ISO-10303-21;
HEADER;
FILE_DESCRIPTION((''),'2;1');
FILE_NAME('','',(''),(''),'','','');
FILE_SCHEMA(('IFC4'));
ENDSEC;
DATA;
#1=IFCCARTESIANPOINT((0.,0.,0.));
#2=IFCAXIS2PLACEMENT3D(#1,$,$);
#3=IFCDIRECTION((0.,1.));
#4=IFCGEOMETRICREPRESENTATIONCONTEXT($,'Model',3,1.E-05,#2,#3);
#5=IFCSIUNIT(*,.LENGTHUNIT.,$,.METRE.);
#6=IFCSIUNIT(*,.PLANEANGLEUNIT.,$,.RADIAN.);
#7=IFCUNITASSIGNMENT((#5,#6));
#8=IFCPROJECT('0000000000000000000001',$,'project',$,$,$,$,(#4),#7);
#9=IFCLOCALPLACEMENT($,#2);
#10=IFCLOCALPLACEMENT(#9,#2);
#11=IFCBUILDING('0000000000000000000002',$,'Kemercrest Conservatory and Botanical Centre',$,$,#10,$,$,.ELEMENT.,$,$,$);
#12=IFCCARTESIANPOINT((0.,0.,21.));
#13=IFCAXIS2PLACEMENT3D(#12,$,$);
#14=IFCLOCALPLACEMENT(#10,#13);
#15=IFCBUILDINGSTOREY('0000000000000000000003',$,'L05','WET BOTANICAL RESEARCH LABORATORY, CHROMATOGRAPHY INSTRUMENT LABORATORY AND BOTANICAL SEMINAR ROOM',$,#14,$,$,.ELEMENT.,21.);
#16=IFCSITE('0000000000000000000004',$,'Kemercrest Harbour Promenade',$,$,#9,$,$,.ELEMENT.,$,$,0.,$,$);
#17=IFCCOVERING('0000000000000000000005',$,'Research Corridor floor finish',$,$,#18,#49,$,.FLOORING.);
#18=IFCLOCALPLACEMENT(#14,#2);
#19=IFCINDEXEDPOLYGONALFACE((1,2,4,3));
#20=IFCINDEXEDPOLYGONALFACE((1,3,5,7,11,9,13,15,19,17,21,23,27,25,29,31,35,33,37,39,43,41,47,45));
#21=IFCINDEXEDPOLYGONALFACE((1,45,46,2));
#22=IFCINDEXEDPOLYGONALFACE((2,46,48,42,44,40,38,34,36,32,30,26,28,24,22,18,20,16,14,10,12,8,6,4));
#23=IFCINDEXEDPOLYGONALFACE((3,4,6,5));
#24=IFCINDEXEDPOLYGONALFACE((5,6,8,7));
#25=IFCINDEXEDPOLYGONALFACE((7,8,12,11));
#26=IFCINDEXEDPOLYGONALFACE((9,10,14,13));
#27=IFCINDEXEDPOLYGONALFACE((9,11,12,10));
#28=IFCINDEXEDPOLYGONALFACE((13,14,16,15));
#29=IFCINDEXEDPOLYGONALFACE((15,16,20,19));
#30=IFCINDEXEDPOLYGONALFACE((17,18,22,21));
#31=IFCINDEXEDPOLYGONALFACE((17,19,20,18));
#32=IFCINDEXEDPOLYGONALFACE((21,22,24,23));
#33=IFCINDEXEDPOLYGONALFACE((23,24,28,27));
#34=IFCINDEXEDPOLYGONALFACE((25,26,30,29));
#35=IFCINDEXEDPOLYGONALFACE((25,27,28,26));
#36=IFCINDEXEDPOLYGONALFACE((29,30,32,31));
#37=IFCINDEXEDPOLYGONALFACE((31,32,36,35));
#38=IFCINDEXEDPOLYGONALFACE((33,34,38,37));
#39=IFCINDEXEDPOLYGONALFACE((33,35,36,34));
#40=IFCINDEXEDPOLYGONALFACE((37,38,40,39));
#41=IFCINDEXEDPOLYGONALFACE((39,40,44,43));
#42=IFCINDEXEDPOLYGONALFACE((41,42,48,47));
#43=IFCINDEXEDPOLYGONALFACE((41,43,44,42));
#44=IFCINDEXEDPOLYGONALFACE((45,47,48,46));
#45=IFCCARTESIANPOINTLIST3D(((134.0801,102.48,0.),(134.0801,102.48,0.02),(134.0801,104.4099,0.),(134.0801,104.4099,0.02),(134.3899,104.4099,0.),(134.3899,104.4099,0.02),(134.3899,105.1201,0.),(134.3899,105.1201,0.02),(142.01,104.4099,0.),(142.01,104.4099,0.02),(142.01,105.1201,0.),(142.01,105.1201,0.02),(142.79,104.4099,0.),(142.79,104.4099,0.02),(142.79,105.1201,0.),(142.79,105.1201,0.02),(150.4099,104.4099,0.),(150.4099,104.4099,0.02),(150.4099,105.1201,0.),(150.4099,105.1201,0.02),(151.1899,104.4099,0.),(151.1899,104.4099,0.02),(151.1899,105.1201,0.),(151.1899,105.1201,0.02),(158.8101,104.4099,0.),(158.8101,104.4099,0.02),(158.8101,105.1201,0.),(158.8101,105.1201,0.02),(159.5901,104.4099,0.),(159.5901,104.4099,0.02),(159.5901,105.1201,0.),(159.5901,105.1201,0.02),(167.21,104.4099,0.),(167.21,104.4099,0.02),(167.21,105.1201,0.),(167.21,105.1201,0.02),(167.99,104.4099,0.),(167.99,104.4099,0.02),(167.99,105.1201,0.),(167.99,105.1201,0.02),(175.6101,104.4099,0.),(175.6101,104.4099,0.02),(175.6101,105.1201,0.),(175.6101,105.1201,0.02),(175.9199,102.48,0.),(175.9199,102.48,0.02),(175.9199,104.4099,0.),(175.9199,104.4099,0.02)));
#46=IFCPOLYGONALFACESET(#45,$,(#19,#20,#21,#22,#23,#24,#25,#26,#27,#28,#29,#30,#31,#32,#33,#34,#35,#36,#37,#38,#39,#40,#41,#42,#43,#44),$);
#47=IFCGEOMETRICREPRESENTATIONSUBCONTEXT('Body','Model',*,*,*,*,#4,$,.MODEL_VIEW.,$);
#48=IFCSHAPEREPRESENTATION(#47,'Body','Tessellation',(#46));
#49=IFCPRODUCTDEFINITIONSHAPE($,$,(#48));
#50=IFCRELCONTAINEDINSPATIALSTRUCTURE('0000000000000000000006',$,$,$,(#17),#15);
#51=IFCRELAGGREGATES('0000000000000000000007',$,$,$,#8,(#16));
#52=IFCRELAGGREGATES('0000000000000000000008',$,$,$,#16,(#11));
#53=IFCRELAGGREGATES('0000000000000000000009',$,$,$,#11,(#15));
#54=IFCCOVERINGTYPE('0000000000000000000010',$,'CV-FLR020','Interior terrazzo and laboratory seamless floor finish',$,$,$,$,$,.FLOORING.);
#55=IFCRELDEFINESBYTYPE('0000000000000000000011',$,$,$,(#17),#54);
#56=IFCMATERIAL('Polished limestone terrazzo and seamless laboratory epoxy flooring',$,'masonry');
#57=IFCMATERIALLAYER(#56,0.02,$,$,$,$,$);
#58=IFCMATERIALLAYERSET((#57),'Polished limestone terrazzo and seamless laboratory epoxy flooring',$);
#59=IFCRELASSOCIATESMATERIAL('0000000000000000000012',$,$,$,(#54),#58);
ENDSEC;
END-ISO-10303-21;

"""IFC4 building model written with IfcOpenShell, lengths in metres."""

from ifc_helpers import new_model, si_unit, direction, frame, origin, place, context, subcontext, project, spatial, polyline, outline, extrude, material, layer, layer_set, type_object, element, save


model = new_model("IFC4")

# Units and contexts
model_context = context("Model", 3, precision=1e-05, world=origin(), true_north=direction((0.0, 1.0)))
body_context = subcontext(model_context, "Body", "Model", "MODEL_VIEW")
ifc_project = project(units=[si_unit("LENGTHUNIT", "METRE"), si_unit("PLANEANGLEUNIT", "RADIAN")], contexts=[model_context])

# Site, building, storey
site_placement = place(None, origin())
site = spatial("IfcSite", under=ifc_project, at=site_placement, Name="Kemercrest Harbour Promenade", CompositionType="ELEMENT", RefElevation=0.0)
building_placement = place(site_placement, origin())
building = spatial("IfcBuilding", under=site, at=building_placement, Name="Kemercrest Conservatory and Botanical Centre", CompositionType="ELEMENT")
storey_placement = place(building_placement, frame((0.0, 0.0, 21.0)))
storey = spatial("IfcBuildingStorey", under=building, at=storey_placement, Name="L05", Description="WET BOTANICAL RESEARCH LABORATORY, CHROMATOGRAPHY INSTRUMENT LABORATORY AND BOTANICAL SEMINAR ROOM", CompositionType="ELEMENT", Elevation=21.0)

# Covering
ifc_material_1 = material(Name="Polished limestone terrazzo and seamless laboratory epoxy flooring", Category="masonry")
ifc_layer_1 = layer(ifc_material_1, 0.02)
ifc_layer_set_1 = layer_set([ifc_layer_1], Name="Polished limestone terrazzo and seamless laboratory epoxy flooring")
covering_type_1 = type_object("IfcCoveringType", Name="CV-FLR020", Description="Interior terrazzo and laboratory seamless floor finish", PredefinedType="FLOORING", material=ifc_layer_set_1)
covering_1_placement = place(storey_placement, origin())
element("IfcCovering", 1, at=covering_1_placement, inside=storey, type_object=covering_type_1, Name="Research Corridor floor finish", PredefinedType="FLOORING", context=body_context, shape_type="SweptSolid", body=[
    extrude(outline(polyline([(134.0801, 102.48), (175.9199, 102.48), (175.9199, 104.4099), (175.6101, 104.4099), (175.6101, 105.1201), (167.99, 105.1201), (167.99, 104.4099), (167.21, 104.4099), (167.21, 105.1201), (159.5901, 105.1201), (159.5901, 104.4099), (158.8101, 104.4099), (158.8101, 105.1201), (151.1899, 105.1201), (151.1899, 104.4099), (150.4099, 104.4099), (150.4099, 105.1201), (142.79, 105.1201), (142.79, 104.4099), (142.01, 104.4099), (142.01, 105.1201), (134.3899, 105.1201), (134.3899, 104.4099), (134.0801, 104.4099), (134.0801, 102.48)])), origin(), (0.0, 0.0, 1.0), 0.02),
])

save(model, "model.ifc")
